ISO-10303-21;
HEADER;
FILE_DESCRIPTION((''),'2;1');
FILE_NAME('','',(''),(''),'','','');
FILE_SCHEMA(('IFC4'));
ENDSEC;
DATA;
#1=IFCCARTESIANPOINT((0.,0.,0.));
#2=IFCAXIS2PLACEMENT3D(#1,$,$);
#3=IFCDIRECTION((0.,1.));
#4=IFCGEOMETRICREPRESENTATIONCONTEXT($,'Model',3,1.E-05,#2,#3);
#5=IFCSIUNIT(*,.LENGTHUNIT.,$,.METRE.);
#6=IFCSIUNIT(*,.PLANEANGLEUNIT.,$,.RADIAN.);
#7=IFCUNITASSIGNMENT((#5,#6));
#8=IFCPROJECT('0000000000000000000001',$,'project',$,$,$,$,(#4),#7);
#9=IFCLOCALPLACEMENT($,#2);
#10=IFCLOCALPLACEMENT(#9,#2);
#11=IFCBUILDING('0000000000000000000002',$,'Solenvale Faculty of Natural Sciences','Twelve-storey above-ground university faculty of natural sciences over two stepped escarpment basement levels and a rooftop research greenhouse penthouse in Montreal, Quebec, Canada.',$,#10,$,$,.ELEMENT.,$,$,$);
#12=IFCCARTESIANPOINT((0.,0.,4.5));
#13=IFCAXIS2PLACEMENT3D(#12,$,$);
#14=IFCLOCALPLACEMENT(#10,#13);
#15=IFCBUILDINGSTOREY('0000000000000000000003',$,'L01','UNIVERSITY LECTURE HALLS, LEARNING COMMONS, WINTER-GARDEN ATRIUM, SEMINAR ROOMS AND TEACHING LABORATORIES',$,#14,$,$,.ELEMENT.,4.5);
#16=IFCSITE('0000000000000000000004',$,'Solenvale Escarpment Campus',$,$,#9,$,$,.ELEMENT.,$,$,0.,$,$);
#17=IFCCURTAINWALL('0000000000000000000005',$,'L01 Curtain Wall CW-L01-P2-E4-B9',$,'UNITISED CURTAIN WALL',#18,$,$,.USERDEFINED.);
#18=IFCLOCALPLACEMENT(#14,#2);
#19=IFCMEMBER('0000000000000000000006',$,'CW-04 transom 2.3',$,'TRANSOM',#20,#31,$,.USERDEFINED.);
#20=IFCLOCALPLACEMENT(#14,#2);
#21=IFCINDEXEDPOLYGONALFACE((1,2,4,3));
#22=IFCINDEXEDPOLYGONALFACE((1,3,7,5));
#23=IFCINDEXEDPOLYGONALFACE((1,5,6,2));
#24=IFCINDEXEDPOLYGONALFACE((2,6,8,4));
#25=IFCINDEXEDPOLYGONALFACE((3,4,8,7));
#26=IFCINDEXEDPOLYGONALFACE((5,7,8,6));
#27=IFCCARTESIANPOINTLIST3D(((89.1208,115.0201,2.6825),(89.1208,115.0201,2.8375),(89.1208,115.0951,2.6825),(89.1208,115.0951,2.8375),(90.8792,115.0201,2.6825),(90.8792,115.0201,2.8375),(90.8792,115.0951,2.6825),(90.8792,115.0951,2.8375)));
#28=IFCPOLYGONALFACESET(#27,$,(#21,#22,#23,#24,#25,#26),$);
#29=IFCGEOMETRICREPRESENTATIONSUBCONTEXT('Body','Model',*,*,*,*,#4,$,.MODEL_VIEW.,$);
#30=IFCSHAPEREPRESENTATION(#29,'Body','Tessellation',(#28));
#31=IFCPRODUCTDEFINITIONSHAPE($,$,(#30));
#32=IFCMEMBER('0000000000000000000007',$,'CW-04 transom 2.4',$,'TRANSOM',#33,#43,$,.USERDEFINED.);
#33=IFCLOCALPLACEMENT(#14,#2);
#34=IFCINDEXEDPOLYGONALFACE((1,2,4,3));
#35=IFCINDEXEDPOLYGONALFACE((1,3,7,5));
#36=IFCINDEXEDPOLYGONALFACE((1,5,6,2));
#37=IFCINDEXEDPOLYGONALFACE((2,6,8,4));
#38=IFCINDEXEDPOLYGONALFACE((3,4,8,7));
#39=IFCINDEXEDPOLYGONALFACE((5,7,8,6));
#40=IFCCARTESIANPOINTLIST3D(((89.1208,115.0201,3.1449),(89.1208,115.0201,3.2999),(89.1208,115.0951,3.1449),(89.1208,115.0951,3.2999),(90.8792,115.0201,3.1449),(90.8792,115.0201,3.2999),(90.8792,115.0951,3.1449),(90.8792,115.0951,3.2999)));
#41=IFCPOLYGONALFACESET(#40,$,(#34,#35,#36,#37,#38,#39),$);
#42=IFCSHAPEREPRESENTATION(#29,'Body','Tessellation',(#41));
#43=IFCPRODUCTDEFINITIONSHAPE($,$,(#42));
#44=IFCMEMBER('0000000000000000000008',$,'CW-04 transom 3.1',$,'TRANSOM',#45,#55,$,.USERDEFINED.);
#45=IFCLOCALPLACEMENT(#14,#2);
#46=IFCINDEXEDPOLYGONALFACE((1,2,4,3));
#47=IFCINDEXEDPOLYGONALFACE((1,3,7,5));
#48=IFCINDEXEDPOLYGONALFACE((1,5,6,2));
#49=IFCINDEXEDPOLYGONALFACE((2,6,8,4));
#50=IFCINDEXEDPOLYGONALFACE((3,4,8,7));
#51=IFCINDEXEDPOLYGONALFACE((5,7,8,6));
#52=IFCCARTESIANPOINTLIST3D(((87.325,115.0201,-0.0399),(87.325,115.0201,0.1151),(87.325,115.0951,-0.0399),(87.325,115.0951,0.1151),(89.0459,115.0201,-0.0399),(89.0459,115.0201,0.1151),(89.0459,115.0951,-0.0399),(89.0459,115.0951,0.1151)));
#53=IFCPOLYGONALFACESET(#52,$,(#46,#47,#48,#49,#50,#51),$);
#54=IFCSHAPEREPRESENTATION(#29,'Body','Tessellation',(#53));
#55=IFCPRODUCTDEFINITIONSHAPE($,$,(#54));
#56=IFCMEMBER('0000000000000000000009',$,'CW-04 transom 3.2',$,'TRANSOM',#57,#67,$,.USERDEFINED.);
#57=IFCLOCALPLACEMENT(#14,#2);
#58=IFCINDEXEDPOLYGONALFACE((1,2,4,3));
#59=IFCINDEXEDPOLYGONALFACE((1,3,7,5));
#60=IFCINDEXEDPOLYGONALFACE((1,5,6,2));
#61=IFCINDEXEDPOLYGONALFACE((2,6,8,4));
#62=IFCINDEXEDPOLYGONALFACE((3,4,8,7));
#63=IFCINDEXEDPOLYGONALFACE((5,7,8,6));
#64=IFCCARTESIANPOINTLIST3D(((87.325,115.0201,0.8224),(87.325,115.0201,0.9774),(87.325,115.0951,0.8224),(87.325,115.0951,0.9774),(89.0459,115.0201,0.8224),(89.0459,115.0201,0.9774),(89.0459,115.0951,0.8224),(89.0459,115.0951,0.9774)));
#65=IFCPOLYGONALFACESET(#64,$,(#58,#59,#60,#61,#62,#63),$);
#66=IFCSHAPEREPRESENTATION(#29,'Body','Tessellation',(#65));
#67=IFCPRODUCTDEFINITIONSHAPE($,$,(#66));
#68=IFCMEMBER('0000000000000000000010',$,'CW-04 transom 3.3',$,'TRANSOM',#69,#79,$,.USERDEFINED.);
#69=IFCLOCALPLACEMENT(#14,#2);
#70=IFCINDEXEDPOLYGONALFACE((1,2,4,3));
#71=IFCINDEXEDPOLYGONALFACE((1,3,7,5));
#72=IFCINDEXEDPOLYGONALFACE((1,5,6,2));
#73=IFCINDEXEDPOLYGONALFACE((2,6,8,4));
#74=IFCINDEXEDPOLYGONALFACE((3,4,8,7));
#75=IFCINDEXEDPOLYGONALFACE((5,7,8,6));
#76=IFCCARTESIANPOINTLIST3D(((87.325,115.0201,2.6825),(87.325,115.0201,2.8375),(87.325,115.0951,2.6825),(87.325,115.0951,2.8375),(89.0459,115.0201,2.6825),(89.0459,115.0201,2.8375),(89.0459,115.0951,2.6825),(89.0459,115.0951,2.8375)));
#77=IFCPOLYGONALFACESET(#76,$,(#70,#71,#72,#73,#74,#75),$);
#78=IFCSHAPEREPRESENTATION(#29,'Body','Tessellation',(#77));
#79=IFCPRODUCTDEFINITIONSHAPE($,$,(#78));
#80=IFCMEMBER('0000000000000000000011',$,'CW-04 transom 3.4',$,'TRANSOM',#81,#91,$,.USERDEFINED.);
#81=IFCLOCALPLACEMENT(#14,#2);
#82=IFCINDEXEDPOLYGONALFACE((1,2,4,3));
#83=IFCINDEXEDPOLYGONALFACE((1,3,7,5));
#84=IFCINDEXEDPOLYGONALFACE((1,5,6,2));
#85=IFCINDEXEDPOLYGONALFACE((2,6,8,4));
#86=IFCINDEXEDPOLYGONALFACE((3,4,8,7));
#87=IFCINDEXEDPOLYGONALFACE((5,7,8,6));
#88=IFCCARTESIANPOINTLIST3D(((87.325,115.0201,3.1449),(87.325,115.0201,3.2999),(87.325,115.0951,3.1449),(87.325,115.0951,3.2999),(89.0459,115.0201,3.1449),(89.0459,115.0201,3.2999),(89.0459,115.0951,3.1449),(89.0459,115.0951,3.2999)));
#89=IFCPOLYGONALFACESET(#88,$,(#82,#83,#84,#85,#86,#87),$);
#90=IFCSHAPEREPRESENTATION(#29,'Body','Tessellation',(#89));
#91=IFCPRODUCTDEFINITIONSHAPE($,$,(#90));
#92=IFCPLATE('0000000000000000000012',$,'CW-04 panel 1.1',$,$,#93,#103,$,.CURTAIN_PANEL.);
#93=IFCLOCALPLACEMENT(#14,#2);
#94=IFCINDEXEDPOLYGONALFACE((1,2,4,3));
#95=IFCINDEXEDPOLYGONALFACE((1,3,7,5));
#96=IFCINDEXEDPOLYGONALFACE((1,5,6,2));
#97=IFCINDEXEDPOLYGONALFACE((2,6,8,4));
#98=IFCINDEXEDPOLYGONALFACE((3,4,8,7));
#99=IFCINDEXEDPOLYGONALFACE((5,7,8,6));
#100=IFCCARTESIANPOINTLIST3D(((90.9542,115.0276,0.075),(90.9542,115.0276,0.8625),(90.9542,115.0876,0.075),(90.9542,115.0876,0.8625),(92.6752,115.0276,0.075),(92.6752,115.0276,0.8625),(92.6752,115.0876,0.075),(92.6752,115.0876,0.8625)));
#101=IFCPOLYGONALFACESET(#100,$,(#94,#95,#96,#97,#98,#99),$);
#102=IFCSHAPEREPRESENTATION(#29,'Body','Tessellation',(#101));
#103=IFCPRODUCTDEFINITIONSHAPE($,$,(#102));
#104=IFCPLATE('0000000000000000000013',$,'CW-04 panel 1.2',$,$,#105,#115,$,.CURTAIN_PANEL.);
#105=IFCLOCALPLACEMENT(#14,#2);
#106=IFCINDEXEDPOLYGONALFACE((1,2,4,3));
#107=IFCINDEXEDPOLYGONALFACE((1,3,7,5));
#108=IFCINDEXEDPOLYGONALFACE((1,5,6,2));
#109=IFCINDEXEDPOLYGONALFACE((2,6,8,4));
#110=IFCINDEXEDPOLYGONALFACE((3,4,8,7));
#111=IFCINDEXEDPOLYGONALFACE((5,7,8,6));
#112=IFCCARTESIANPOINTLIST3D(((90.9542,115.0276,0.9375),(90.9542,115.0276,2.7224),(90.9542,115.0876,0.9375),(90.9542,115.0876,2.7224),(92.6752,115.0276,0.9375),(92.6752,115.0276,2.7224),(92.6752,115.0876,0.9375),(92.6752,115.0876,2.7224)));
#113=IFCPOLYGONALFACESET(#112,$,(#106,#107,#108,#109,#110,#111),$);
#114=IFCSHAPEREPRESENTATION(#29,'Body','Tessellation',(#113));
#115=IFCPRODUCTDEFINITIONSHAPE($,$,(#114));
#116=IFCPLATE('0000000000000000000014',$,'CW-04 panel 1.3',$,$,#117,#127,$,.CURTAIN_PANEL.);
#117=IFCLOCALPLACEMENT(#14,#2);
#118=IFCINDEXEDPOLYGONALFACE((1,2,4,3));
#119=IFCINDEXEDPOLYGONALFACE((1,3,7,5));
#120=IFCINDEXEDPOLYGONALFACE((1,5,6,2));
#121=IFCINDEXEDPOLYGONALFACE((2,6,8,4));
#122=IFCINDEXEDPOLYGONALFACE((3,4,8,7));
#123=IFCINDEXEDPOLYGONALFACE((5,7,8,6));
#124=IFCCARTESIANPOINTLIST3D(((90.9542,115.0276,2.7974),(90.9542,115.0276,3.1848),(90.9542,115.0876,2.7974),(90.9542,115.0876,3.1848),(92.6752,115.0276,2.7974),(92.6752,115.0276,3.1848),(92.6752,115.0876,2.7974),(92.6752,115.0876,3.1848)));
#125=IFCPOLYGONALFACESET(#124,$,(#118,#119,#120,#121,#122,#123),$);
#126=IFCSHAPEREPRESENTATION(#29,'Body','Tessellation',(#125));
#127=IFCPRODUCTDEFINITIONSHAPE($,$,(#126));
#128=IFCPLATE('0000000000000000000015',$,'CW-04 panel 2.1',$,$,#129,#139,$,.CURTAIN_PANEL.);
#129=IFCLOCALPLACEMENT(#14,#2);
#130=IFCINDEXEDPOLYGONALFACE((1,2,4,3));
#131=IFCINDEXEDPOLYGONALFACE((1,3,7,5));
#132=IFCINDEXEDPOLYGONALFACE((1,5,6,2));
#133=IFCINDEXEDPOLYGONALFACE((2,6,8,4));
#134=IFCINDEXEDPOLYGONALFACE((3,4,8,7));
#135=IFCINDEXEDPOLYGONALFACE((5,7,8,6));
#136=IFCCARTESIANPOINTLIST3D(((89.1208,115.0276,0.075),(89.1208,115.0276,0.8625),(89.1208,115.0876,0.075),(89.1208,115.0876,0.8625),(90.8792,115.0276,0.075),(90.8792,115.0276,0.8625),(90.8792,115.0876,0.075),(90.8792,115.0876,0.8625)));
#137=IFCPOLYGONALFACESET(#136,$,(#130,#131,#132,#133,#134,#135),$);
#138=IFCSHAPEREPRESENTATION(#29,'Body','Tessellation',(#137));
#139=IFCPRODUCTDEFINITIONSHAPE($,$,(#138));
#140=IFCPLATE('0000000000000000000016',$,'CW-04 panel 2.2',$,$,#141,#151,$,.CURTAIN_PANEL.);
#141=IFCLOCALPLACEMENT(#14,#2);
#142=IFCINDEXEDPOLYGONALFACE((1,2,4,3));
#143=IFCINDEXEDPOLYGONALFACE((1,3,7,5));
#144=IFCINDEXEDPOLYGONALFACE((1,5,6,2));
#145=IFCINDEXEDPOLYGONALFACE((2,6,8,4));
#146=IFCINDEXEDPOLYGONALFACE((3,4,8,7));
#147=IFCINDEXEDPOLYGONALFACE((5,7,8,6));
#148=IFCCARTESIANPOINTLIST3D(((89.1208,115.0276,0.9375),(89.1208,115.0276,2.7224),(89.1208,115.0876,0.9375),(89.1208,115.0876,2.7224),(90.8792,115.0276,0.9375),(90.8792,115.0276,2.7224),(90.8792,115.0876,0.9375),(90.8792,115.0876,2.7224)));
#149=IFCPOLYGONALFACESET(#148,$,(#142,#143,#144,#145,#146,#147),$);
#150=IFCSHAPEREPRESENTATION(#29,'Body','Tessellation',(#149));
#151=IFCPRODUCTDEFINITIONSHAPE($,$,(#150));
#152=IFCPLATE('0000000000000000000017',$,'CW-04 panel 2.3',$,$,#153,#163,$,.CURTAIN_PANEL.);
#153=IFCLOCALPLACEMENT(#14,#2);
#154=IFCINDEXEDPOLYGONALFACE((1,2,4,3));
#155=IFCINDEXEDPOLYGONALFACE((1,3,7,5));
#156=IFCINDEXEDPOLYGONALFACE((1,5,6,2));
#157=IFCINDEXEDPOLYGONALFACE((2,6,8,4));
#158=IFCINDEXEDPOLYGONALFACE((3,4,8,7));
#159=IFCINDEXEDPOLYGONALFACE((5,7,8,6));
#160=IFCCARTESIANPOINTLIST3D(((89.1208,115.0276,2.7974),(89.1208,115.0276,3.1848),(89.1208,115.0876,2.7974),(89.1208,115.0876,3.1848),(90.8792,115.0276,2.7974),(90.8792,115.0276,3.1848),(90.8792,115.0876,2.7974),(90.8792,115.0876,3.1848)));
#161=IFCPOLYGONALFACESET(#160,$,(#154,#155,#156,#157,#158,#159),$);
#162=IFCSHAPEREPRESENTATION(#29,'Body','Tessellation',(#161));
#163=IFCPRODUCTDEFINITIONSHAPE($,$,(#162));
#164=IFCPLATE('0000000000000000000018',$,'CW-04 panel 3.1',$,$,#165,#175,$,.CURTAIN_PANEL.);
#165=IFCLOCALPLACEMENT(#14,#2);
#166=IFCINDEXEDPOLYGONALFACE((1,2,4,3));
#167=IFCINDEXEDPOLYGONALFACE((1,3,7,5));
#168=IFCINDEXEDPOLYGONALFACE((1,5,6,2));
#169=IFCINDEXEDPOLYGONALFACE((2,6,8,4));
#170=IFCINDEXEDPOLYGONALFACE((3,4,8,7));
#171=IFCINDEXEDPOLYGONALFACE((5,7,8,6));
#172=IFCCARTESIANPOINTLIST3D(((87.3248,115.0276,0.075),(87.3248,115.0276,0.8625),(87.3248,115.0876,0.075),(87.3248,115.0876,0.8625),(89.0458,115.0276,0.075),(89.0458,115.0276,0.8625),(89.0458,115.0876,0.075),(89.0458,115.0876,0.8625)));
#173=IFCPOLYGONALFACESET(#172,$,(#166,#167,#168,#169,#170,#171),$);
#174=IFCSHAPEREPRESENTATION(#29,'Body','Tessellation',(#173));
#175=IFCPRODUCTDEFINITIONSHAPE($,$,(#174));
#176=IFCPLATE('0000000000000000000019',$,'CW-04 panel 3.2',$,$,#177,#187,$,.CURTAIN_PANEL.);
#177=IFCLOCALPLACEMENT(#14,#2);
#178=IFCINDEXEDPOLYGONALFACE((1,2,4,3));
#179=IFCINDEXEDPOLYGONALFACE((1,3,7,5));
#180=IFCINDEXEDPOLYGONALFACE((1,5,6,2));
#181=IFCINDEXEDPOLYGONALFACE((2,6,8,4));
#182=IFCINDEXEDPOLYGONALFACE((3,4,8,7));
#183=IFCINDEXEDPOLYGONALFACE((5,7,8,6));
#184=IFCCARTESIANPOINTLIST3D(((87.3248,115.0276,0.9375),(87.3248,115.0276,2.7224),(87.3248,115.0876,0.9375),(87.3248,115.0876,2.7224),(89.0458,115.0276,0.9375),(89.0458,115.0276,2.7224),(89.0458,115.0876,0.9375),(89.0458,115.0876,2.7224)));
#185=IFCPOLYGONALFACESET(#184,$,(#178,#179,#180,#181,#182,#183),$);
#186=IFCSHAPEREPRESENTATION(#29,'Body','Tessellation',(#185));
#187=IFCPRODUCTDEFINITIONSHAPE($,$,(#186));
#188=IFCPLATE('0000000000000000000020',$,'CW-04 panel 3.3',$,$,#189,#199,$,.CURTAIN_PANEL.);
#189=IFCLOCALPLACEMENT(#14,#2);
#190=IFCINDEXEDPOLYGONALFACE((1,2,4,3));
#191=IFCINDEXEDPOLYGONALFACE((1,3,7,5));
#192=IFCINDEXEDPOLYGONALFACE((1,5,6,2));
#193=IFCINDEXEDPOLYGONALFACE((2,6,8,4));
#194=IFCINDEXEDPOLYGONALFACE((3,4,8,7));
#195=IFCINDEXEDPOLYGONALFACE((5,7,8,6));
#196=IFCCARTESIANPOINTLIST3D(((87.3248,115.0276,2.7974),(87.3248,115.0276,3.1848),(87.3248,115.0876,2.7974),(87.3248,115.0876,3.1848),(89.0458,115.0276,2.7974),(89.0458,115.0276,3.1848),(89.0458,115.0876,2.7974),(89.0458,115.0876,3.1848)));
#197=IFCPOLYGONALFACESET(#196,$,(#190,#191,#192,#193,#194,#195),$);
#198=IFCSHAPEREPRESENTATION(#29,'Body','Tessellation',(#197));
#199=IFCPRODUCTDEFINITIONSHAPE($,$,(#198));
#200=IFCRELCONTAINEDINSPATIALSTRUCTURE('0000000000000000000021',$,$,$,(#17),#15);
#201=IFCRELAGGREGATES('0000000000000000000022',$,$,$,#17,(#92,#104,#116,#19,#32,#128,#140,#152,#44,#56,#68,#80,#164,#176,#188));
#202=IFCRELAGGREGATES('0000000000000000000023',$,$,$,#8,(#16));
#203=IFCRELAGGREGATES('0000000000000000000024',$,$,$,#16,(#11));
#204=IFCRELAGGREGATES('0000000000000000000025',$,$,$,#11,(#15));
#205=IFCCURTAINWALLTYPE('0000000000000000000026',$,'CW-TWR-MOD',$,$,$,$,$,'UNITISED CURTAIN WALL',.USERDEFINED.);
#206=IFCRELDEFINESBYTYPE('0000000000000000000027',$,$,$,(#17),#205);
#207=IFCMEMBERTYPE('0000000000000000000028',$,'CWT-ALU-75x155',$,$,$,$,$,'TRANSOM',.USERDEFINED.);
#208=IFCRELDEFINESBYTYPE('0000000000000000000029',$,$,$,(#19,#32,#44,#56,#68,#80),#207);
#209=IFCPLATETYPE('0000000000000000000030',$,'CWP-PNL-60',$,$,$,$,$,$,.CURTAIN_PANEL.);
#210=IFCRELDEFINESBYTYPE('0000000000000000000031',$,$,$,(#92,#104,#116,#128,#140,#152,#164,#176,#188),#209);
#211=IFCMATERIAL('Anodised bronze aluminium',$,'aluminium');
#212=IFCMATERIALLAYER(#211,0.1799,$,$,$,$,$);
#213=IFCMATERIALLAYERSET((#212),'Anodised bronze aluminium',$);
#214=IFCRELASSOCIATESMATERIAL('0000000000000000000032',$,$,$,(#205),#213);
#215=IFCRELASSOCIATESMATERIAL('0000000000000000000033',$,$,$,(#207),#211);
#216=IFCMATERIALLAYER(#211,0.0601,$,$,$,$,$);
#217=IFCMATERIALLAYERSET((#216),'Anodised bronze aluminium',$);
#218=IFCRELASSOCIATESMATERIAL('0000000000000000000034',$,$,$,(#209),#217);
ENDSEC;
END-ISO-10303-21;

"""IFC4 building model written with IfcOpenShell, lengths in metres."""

from ifc_helpers import new_model, si_unit, direction, frame, origin, origin_2d, place, context, subcontext, project, spatial, rectangle, extrude, material, layer, layer_set, material_profile, profile_set, type_object, element, aggregate, save


model = new_model("IFC4")

# Units and contexts
model_context = context("Model", 3, precision=1e-05, world=origin(), true_north=direction((0.0, 1.0)))
body_context = subcontext(model_context, "Body", "Model", "MODEL_VIEW")
ifc_project = project(units=[si_unit("LENGTHUNIT", "METRE"), si_unit("PLANEANGLEUNIT", "RADIAN")], contexts=[model_context])

# Site, building, storey
site_placement = place(None, origin())
site = spatial("IfcSite", under=ifc_project, at=site_placement, Name="Solenvale Escarpment Campus", CompositionType="ELEMENT", RefElevation=0.0)
building_placement = place(site_placement, origin())
building = spatial("IfcBuilding", under=site, at=building_placement, Name="Solenvale Faculty of Natural Sciences", Description="Twelve-storey above-ground university faculty of natural sciences over two stepped escarpment basement levels and a rooftop research greenhouse penthouse in Montreal, Quebec, Canada.", CompositionType="ELEMENT")
storey_placement = place(building_placement, frame((0.0, 0.0, 4.5)))
storey = spatial("IfcBuildingStorey", under=building, at=storey_placement, Name="L01", Description="UNIVERSITY LECTURE HALLS, LEARNING COMMONS, WINTER-GARDEN ATRIUM, SEMINAR ROOMS AND TEACHING LABORATORIES", CompositionType="ELEMENT", Elevation=4.5)

# Curtain wall, members, plates
ifc_material_1 = material(Name="Anodised bronze aluminium", Category="aluminium")
ifc_layer_1 = layer(ifc_material_1, 0.1799)
ifc_layer_set_1 = layer_set([ifc_layer_1], Name="Anodised bronze aluminium")
curtain_wall_type = type_object("IfcCurtainWallType", Name="CW-TWR-MOD", ElementType="UNITISED CURTAIN WALL", PredefinedType="USERDEFINED", material=ifc_layer_set_1)
curtain_wall_placement = place(storey_placement, origin())
curtain_wall = element("IfcCurtainWall", 1, at=curtain_wall_placement, inside=storey, type_object=curtain_wall_type, Name="L01 Curtain Wall CW-L01-P2-E4-B9", ObjectType="UNITISED CURTAIN WALL", PredefinedType="USERDEFINED")
ifc_material_profile_1 = material_profile(ifc_material_1, rectangle(XDim=0.075, YDim=0.155, at=origin_2d()), Name="ALU-TRN-75x155")
ifc_profile_set_1 = profile_set([ifc_material_profile_1], Name="Anodised bronze aluminium")
member_type_1 = type_object("IfcMemberType", Name="CWT-ALU-75x155", ElementType="TRANSOM", PredefinedType="USERDEFINED", material=ifc_profile_set_1)
member_1_placement = place(storey_placement, frame((90.8792, 115.0576, 2.76), z_axis=(-1.0, 0.0, 0.0), x_axis=(0.0, -1.0, 0.0)))
member_1 = element("IfcMember", 2, at=member_1_placement, type_object=member_type_1, Name="CW-04 transom 2.3", ObjectType="TRANSOM", PredefinedType="USERDEFINED", context=body_context, shape_type="SweptSolid", body=[
    extrude(rectangle(XDim=0.075, YDim=0.155, at=origin_2d()), origin(), (0.0, 0.0, 1.0), 1.7583),
])
member_2_placement = place(storey_placement, frame((90.8792, 115.0576, 3.2224), z_axis=(-1.0, 0.0, 0.0), x_axis=(0.0, -1.0, 0.0)))
member_2 = element("IfcMember", 3, at=member_2_placement, type_object=member_type_1, Name="CW-04 transom 2.4", ObjectType="TRANSOM", PredefinedType="USERDEFINED", context=body_context, shape_type="SweptSolid", body=[
    extrude(rectangle(XDim=0.075, YDim=0.155, at=origin_2d()), origin(), (0.0, 0.0, 1.0), 1.7583),
])
member_3_placement = place(storey_placement, frame((89.0459, 115.0576, 0.0376), z_axis=(-1.0, 0.0, 0.0), x_axis=(0.0, -1.0, 0.0)))
member_3 = element("IfcMember", 4, at=member_3_placement, type_object=member_type_1, Name="CW-04 transom 3.1", ObjectType="TRANSOM", PredefinedType="USERDEFINED", context=body_context, shape_type="SweptSolid", body=[
    extrude(rectangle(XDim=0.075, YDim=0.155, at=origin_2d()), origin(), (0.0, 0.0, 1.0), 1.7209),
])
member_4_placement = place(storey_placement, frame((89.0459, 115.0576, 0.8999), z_axis=(-1.0, 0.0, 0.0), x_axis=(0.0, -1.0, 0.0)))
member_4 = element("IfcMember", 5, at=member_4_placement, type_object=member_type_1, Name="CW-04 transom 3.2", ObjectType="TRANSOM", PredefinedType="USERDEFINED", context=body_context, shape_type="SweptSolid", body=[
    extrude(rectangle(XDim=0.075, YDim=0.155, at=origin_2d()), origin(), (0.0, 0.0, 1.0), 1.7209),
])
member_5_placement = place(storey_placement, frame((89.0459, 115.0576, 2.76), z_axis=(-1.0, 0.0, 0.0), x_axis=(0.0, -1.0, 0.0)))
member_5 = element("IfcMember", 6, at=member_5_placement, type_object=member_type_1, Name="CW-04 transom 3.3", ObjectType="TRANSOM", PredefinedType="USERDEFINED", context=body_context, shape_type="SweptSolid", body=[
    extrude(rectangle(XDim=0.075, YDim=0.155, at=origin_2d()), origin(), (0.0, 0.0, 1.0), 1.7209),
])
member_6_placement = place(storey_placement, frame((89.0459, 115.0576, 3.2224), z_axis=(-1.0, 0.0, 0.0), x_axis=(0.0, -1.0, 0.0)))
member_6 = element("IfcMember", 7, at=member_6_placement, type_object=member_type_1, Name="CW-04 transom 3.4", ObjectType="TRANSOM", PredefinedType="USERDEFINED", context=body_context, shape_type="SweptSolid", body=[
    extrude(rectangle(XDim=0.075, YDim=0.155, at=origin_2d()), origin(), (0.0, 0.0, 1.0), 1.7209),
])
ifc_layer_2 = layer(ifc_material_1, 0.0601)
ifc_layer_set_2 = layer_set([ifc_layer_2], Name="Anodised bronze aluminium")
plate_type = type_object("IfcPlateType", Name="CWP-PNL-60", PredefinedType="CURTAIN_PANEL", material=ifc_layer_set_2)
plate_1_placement = place(storey_placement, frame((91.8147, 115.0576, 0.075), z_axis=(0.0, 0.0, 1.0), x_axis=(-1.0, 0.0, 0.0)))
plate_1 = element("IfcPlate", 8, at=plate_1_placement, type_object=plate_type, Name="CW-04 panel 1.1", PredefinedType="CURTAIN_PANEL", context=body_context, shape_type="SweptSolid", body=[
    extrude(rectangle(XDim=1.7209, YDim=0.0601, at=origin_2d()), origin(), (0.0, 0.0, 1.0), 0.7876),
])
plate_2_placement = place(storey_placement, frame((91.8147, 115.0576, 0.9375), z_axis=(0.0, 0.0, 1.0), x_axis=(-1.0, 0.0, 0.0)))
plate_2 = element("IfcPlate", 9, at=plate_2_placement, type_object=plate_type, Name="CW-04 panel 1.2", PredefinedType="CURTAIN_PANEL", context=body_context, shape_type="SweptSolid", body=[
    extrude(rectangle(XDim=1.7209, YDim=0.0601, at=origin_2d()), origin(), (0.0, 0.0, 1.0), 1.7849),
])
plate_3_placement = place(storey_placement, frame((91.8147, 115.0576, 2.7974), z_axis=(0.0, 0.0, 1.0), x_axis=(-1.0, 0.0, 0.0)))
plate_3 = element("IfcPlate", 10, at=plate_3_placement, type_object=plate_type, Name="CW-04 panel 1.3", PredefinedType="CURTAIN_PANEL", context=body_context, shape_type="SweptSolid", body=[
    extrude(rectangle(XDim=1.7209, YDim=0.0601, at=origin_2d()), origin(), (0.0, 0.0, 1.0), 0.3875),
])
plate_4_placement = place(storey_placement, frame((90.0, 115.0576, 0.075), z_axis=(0.0, 0.0, 1.0), x_axis=(-1.0, 0.0, 0.0)))
plate_4 = element("IfcPlate", 11, at=plate_4_placement, type_object=plate_type, Name="CW-04 panel 2.1", PredefinedType="CURTAIN_PANEL", context=body_context, shape_type="SweptSolid", body=[
    extrude(rectangle(XDim=1.7583, YDim=0.0601, at=origin_2d()), origin(), (0.0, 0.0, 1.0), 0.7876),
])
plate_5_placement = place(storey_placement, frame((90.0, 115.0576, 0.9375), z_axis=(0.0, 0.0, 1.0), x_axis=(-1.0, 0.0, 0.0)))
plate_5 = element("IfcPlate", 12, at=plate_5_placement, type_object=plate_type, Name="CW-04 panel 2.2", PredefinedType="CURTAIN_PANEL", context=body_context, shape_type="SweptSolid", body=[
    extrude(rectangle(XDim=1.7583, YDim=0.0601, at=origin_2d()), origin(), (0.0, 0.0, 1.0), 1.7849),
])
plate_6_placement = place(storey_placement, frame((90.0, 115.0576, 2.7974), z_axis=(0.0, 0.0, 1.0), x_axis=(-1.0, 0.0, 0.0)))
plate_6 = element("IfcPlate", 13, at=plate_6_placement, type_object=plate_type, Name="CW-04 panel 2.3", PredefinedType="CURTAIN_PANEL", context=body_context, shape_type="SweptSolid", body=[
    extrude(rectangle(XDim=1.7583, YDim=0.0601, at=origin_2d()), origin(), (0.0, 0.0, 1.0), 0.3875),
])
plate_7_placement = place(storey_placement, frame((88.1853, 115.0576, 0.075), z_axis=(0.0, 0.0, 1.0), x_axis=(-1.0, 0.0, 0.0)))
plate_7 = element("IfcPlate", 14, at=plate_7_placement, type_object=plate_type, Name="CW-04 panel 3.1", PredefinedType="CURTAIN_PANEL", context=body_context, shape_type="SweptSolid", body=[
    extrude(rectangle(XDim=1.7209, YDim=0.0601, at=origin_2d()), origin(), (0.0, 0.0, 1.0), 0.7876),
])
plate_8_placement = place(storey_placement, frame((88.1853, 115.0576, 0.9375), z_axis=(0.0, 0.0, 1.0), x_axis=(-1.0, 0.0, 0.0)))
plate_8 = element("IfcPlate", 15, at=plate_8_placement, type_object=plate_type, Name="CW-04 panel 3.2", PredefinedType="CURTAIN_PANEL", context=body_context, shape_type="SweptSolid", body=[
    extrude(rectangle(XDim=1.7209, YDim=0.0601, at=origin_2d()), origin(), (0.0, 0.0, 1.0), 1.7849),
])
plate_9_placement = place(storey_placement, frame((88.1853, 115.0576, 2.7974), z_axis=(0.0, 0.0, 1.0), x_axis=(-1.0, 0.0, 0.0)))
plate_9 = element("IfcPlate", 16, at=plate_9_placement, type_object=plate_type, Name="CW-04 panel 3.3", PredefinedType="CURTAIN_PANEL", context=body_context, shape_type="SweptSolid", body=[
    extrude(rectangle(XDim=1.7209, YDim=0.0601, at=origin_2d()), origin(), (0.0, 0.0, 1.0), 0.3875),
])
aggregate(curtain_wall, [plate_1, plate_2, plate_3, member_1, member_2, plate_4, plate_5, plate_6, member_3, member_4, member_5, member_6, plate_7, plate_8, plate_9])

save(model, "model.ifc")
